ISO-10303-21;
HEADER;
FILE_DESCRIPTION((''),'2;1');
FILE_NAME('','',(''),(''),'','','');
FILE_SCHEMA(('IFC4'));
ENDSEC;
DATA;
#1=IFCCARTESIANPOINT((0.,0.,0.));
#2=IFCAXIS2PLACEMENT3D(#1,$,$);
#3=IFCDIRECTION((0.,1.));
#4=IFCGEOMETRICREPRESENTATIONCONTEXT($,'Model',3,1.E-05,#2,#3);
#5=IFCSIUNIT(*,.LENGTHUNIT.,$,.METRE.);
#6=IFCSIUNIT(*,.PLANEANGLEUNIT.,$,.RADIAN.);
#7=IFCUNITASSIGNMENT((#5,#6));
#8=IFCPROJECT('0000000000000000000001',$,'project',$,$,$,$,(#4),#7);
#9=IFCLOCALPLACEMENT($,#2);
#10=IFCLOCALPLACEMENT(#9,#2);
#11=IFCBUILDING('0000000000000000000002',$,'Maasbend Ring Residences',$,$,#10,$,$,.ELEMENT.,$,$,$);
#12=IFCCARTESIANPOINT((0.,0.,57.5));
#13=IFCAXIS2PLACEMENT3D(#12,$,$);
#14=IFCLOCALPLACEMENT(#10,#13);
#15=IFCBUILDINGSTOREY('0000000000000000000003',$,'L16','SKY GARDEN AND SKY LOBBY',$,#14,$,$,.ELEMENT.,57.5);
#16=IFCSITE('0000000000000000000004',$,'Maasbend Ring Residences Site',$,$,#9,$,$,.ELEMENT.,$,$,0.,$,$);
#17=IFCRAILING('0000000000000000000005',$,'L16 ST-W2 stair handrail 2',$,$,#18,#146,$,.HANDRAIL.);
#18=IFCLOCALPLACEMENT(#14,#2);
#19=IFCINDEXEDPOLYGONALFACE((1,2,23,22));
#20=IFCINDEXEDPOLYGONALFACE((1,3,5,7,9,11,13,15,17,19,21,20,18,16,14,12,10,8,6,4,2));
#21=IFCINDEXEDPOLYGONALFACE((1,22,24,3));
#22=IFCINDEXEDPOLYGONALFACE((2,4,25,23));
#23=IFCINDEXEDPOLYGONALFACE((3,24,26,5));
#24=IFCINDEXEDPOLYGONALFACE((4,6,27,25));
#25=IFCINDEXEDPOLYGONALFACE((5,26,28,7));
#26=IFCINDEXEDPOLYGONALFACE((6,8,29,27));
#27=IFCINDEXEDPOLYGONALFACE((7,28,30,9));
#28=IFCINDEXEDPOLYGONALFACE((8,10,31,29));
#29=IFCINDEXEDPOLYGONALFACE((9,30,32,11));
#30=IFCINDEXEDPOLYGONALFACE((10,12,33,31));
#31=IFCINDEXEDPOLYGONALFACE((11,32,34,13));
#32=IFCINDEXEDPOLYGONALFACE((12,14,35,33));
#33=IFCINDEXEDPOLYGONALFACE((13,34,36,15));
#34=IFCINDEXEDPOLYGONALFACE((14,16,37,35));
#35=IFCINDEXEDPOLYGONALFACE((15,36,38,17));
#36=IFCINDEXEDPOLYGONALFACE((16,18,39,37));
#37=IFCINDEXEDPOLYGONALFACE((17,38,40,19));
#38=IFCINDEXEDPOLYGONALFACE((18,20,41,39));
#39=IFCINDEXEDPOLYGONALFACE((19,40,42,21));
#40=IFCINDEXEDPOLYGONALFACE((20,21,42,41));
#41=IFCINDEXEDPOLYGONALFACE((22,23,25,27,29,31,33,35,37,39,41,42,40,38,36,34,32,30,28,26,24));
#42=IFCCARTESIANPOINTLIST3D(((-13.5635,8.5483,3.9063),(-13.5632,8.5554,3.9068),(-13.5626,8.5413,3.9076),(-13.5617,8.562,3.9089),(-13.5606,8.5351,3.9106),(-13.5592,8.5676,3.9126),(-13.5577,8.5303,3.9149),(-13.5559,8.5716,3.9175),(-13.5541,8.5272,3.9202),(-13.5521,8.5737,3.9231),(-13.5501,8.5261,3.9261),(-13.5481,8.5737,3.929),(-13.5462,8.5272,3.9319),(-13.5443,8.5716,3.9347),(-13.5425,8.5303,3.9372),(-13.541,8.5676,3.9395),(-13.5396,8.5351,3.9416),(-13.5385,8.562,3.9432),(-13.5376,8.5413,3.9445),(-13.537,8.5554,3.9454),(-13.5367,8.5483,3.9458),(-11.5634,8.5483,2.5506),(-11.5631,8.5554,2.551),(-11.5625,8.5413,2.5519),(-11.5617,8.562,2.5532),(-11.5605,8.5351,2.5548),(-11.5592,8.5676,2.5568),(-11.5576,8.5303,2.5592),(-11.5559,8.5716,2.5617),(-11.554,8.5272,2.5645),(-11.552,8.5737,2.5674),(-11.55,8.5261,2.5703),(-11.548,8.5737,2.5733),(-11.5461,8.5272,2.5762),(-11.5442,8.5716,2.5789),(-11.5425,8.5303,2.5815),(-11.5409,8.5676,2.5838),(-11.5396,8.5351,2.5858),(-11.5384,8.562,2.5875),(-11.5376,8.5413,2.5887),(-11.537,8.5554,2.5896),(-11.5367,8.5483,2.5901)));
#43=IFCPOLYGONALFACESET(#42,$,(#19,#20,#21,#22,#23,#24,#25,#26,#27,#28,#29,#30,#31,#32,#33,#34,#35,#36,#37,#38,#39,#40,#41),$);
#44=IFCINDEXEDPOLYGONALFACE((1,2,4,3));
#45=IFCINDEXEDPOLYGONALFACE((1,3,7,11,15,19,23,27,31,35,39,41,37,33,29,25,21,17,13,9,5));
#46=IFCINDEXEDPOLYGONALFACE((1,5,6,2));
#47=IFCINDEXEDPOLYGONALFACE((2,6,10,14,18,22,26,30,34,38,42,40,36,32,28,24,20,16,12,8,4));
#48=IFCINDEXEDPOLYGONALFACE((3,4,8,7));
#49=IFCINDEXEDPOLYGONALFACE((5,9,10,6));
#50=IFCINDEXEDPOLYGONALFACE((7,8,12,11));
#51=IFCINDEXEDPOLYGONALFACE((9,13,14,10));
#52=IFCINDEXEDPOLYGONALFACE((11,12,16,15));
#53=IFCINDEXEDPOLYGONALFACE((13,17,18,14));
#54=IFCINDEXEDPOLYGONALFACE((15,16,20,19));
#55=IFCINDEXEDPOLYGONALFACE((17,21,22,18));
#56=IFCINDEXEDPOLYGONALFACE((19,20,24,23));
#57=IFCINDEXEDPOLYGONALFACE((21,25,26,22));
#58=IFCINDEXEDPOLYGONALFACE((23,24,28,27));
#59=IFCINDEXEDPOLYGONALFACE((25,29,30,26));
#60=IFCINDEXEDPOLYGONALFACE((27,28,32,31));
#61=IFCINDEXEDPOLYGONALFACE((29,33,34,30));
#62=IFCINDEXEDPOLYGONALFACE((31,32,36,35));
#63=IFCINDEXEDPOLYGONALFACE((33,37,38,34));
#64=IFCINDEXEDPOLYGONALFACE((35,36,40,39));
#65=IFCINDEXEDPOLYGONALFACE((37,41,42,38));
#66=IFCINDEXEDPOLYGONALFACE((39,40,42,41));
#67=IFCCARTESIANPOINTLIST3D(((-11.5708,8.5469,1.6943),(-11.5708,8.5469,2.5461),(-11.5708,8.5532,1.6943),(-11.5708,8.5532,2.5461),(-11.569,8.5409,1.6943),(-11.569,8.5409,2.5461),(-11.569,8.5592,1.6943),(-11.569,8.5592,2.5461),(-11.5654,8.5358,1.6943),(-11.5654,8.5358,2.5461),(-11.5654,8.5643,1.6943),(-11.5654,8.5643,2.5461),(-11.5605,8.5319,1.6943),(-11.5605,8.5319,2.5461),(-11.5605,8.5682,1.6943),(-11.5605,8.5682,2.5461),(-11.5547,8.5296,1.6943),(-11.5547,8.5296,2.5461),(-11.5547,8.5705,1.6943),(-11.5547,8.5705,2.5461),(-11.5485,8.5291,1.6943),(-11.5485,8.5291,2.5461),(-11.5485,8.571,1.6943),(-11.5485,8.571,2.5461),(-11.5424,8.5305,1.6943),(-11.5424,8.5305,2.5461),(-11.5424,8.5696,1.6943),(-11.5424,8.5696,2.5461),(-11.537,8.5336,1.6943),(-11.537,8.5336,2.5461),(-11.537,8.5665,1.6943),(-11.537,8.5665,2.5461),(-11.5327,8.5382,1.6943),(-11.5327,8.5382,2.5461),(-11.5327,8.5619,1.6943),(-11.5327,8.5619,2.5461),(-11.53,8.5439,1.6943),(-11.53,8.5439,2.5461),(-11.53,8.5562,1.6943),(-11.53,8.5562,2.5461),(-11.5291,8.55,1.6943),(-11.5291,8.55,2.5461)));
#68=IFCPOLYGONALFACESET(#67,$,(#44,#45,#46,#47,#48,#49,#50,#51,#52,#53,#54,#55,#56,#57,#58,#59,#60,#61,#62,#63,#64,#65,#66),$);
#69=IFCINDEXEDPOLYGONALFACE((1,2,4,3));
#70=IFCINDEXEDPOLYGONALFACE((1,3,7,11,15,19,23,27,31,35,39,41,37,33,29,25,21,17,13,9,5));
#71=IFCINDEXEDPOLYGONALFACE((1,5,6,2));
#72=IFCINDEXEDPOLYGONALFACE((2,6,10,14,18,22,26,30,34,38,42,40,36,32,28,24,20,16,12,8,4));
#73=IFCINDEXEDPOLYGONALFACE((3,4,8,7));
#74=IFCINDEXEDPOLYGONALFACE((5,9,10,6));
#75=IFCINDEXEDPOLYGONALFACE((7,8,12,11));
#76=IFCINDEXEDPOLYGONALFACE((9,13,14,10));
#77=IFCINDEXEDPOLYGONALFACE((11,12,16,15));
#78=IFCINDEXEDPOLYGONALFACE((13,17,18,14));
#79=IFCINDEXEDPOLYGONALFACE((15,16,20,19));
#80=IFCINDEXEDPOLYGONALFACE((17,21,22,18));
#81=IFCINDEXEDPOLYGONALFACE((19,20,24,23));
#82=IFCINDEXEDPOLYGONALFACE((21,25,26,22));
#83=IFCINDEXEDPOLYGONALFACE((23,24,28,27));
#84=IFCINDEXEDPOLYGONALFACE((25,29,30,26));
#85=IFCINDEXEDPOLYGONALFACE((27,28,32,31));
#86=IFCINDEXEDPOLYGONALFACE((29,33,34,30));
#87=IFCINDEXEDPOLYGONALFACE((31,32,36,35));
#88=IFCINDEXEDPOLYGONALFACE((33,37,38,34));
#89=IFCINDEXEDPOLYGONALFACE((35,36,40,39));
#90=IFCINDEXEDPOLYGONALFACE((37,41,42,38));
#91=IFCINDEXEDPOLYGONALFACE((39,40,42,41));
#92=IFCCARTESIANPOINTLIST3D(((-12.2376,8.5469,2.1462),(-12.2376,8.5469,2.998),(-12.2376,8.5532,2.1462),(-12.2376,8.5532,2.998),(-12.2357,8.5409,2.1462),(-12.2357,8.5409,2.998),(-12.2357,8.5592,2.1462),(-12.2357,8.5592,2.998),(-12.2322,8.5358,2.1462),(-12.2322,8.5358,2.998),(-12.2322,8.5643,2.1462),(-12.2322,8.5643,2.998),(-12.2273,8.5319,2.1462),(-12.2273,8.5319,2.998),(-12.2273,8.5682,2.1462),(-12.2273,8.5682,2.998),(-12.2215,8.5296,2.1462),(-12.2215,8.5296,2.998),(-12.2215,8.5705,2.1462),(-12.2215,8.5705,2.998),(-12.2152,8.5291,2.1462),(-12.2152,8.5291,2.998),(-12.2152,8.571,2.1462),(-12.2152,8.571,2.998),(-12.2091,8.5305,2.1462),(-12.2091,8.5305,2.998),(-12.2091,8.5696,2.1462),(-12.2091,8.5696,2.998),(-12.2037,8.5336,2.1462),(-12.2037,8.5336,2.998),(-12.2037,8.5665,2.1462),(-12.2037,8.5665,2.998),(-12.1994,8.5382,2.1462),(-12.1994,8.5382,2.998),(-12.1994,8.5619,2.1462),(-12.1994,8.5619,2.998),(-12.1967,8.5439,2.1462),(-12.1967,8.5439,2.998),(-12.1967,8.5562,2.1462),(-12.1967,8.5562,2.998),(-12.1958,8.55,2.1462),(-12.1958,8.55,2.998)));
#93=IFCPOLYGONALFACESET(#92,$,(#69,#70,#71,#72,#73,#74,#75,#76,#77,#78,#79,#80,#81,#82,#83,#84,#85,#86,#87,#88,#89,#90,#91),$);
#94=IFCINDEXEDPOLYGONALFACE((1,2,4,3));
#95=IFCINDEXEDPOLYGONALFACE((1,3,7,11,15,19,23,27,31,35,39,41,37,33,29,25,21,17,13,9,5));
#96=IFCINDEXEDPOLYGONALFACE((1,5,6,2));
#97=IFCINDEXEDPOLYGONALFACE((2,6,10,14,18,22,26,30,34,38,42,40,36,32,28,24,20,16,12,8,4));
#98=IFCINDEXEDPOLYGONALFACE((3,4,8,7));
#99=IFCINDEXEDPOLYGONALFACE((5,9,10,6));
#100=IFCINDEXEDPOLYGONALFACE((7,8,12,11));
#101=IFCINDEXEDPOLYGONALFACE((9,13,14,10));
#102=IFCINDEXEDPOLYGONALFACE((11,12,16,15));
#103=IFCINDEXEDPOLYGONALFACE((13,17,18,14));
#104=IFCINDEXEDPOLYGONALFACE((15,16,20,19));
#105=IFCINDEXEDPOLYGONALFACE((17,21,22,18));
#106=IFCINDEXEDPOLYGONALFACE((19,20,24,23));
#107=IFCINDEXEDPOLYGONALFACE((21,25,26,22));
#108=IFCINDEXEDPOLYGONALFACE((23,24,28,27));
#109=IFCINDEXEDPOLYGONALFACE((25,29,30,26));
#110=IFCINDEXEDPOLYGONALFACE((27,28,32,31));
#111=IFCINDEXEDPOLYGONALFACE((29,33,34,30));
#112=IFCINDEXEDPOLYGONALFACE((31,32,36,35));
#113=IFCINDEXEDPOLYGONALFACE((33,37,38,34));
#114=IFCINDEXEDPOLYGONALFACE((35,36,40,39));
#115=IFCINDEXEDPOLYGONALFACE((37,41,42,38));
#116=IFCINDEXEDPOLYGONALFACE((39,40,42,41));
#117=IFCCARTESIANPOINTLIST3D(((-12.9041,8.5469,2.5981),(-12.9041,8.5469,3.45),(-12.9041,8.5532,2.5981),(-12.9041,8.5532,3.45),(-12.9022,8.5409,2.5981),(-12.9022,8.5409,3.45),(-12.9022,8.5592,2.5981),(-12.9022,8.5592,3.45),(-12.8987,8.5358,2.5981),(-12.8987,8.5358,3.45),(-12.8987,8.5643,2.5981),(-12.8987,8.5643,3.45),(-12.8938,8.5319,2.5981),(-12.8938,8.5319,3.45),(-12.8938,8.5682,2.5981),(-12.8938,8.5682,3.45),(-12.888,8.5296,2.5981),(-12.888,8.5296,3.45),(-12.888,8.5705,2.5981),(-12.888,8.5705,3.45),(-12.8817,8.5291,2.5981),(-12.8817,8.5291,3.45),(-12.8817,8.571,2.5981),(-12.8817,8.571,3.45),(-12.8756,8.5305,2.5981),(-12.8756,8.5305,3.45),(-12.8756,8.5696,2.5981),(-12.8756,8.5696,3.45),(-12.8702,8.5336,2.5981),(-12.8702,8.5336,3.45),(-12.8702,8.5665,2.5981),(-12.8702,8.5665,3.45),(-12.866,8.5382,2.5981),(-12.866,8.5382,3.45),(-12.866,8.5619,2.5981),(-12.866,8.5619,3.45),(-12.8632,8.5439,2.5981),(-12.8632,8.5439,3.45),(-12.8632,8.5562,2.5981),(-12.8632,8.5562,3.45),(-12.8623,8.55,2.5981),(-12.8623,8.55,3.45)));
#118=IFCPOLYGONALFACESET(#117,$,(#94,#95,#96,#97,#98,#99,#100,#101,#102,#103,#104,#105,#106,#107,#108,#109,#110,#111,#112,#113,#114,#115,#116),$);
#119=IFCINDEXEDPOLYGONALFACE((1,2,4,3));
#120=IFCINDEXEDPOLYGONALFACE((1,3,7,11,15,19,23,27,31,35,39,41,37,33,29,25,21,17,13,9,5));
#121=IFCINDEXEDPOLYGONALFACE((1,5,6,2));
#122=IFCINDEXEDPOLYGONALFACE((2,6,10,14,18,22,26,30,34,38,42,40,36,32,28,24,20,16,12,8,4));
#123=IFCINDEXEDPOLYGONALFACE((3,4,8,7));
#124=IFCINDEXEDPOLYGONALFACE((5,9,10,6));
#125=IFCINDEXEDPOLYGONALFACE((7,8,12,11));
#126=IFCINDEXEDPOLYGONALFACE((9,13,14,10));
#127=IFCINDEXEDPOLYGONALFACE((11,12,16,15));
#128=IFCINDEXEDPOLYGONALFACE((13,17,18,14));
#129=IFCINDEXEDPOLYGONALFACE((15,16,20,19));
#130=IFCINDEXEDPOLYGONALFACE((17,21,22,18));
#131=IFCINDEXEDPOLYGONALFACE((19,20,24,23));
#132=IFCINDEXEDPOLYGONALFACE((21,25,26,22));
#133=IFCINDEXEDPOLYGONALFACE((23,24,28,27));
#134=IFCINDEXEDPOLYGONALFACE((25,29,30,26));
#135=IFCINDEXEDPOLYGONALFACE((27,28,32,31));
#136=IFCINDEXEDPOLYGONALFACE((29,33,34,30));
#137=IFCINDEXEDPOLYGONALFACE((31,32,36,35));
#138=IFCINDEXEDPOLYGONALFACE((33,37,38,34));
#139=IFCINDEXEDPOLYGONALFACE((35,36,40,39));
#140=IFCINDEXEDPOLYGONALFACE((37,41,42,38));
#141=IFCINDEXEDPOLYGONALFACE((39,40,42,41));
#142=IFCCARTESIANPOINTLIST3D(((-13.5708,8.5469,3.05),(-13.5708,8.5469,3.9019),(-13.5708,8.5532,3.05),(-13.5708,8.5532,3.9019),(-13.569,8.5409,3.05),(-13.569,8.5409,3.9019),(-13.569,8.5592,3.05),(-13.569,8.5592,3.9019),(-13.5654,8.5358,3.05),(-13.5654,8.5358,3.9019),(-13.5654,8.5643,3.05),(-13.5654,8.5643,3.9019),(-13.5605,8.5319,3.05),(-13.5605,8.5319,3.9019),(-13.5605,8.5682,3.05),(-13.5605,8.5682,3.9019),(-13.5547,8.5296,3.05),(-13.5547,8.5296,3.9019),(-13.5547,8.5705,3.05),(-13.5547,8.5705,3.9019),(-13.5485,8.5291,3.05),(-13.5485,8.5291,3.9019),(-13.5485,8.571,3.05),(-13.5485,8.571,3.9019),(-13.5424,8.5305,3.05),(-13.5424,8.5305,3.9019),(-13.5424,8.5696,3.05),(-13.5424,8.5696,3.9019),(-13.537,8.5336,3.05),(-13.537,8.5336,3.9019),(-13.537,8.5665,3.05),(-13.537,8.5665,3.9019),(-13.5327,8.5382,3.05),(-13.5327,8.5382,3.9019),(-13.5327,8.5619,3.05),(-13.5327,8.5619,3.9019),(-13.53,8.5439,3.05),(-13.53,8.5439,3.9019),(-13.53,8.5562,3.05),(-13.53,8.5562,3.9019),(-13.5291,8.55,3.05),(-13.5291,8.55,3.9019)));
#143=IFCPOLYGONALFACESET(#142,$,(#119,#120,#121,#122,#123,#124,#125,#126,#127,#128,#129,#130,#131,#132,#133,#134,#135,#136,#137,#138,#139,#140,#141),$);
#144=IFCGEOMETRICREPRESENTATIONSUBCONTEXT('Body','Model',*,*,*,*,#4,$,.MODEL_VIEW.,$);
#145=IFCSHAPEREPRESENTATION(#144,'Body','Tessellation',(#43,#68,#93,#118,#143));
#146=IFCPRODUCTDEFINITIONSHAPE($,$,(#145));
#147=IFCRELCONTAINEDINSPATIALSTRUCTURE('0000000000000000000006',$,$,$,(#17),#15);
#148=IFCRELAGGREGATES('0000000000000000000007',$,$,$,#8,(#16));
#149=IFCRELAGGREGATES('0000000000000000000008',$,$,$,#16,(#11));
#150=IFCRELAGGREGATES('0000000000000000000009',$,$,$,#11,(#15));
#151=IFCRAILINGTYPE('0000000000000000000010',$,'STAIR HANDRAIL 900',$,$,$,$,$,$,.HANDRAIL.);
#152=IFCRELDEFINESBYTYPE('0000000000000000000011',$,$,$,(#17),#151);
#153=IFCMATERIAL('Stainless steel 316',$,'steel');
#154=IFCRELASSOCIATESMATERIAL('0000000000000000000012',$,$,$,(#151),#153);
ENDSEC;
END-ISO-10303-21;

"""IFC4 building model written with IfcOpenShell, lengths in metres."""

from ifc_helpers import new_model, si_unit, direction, frame, origin, origin_2d, place, context, subcontext, project, spatial, circle, extrude, material, type_object, element, save


model = new_model("IFC4")

# Units and contexts
model_context = context("Model", 3, precision=1e-05, world=origin(), true_north=direction((0.0, 1.0)))
body_context = subcontext(model_context, "Body", "Model", "MODEL_VIEW")
ifc_project = project(units=[si_unit("LENGTHUNIT", "METRE"), si_unit("PLANEANGLEUNIT", "RADIAN")], contexts=[model_context])

# Site, building, storey
site_placement = place(None, origin())
site = spatial("IfcSite", under=ifc_project, at=site_placement, Name="Maasbend Ring Residences Site", CompositionType="ELEMENT", RefElevation=0.0)
building_placement = place(site_placement, origin())
building = spatial("IfcBuilding", under=site, at=building_placement, Name="Maasbend Ring Residences", CompositionType="ELEMENT")
storey_placement = place(building_placement, frame((0.0, 0.0, 57.5)))
storey = spatial("IfcBuildingStorey", under=building, at=storey_placement, Name="L16", Description="SKY GARDEN AND SKY LOBBY", CompositionType="ELEMENT", Elevation=57.5)

# Railing
ifc_material_1 = material(Name="Stainless steel 316", Category="steel")
railing_type_1 = type_object("IfcRailingType", Name="STAIR HANDRAIL 900", PredefinedType="HANDRAIL", material=ifc_material_1)
railing_1_placement = place(storey_placement, frame((-11.55, 8.55, 1.6943)))
element("IfcRailing", 1, at=railing_1_placement, inside=storey, type_object=railing_type_1, Name="L16 ST-W2 stair handrail 2", PredefinedType="HANDRAIL", context=body_context, shape_type="SweptSolid", body=[
    extrude(circle(Radius=0.0239, at=origin_2d()), frame((0.0, 0.0, 0.876), z_axis=(-0.827751, 0.0, 0.561096), x_axis=(0.0, -1.0, 0.0)), (0.0, 0.0, 1.0), 2.4163),
    extrude(circle(Radius=0.021, at=origin_2d()), origin(), (0.0, 0.0, 1.0), 0.8518),
    extrude(circle(Radius=0.021, at=origin_2d()), frame((-0.6667, 0.0, 0.4519)), (0.0, 0.0, 1.0), 0.8518),
    extrude(circle(Radius=0.021, at=origin_2d()), frame((-1.3333, 0.0, 0.9038)), (0.0, 0.0, 1.0), 0.8518),
    extrude(circle(Radius=0.021, at=origin_2d()), frame((-2.0, 0.0, 1.3557)), (0.0, 0.0, 1.0), 0.8518),
])

save(model, "model.ifc")
